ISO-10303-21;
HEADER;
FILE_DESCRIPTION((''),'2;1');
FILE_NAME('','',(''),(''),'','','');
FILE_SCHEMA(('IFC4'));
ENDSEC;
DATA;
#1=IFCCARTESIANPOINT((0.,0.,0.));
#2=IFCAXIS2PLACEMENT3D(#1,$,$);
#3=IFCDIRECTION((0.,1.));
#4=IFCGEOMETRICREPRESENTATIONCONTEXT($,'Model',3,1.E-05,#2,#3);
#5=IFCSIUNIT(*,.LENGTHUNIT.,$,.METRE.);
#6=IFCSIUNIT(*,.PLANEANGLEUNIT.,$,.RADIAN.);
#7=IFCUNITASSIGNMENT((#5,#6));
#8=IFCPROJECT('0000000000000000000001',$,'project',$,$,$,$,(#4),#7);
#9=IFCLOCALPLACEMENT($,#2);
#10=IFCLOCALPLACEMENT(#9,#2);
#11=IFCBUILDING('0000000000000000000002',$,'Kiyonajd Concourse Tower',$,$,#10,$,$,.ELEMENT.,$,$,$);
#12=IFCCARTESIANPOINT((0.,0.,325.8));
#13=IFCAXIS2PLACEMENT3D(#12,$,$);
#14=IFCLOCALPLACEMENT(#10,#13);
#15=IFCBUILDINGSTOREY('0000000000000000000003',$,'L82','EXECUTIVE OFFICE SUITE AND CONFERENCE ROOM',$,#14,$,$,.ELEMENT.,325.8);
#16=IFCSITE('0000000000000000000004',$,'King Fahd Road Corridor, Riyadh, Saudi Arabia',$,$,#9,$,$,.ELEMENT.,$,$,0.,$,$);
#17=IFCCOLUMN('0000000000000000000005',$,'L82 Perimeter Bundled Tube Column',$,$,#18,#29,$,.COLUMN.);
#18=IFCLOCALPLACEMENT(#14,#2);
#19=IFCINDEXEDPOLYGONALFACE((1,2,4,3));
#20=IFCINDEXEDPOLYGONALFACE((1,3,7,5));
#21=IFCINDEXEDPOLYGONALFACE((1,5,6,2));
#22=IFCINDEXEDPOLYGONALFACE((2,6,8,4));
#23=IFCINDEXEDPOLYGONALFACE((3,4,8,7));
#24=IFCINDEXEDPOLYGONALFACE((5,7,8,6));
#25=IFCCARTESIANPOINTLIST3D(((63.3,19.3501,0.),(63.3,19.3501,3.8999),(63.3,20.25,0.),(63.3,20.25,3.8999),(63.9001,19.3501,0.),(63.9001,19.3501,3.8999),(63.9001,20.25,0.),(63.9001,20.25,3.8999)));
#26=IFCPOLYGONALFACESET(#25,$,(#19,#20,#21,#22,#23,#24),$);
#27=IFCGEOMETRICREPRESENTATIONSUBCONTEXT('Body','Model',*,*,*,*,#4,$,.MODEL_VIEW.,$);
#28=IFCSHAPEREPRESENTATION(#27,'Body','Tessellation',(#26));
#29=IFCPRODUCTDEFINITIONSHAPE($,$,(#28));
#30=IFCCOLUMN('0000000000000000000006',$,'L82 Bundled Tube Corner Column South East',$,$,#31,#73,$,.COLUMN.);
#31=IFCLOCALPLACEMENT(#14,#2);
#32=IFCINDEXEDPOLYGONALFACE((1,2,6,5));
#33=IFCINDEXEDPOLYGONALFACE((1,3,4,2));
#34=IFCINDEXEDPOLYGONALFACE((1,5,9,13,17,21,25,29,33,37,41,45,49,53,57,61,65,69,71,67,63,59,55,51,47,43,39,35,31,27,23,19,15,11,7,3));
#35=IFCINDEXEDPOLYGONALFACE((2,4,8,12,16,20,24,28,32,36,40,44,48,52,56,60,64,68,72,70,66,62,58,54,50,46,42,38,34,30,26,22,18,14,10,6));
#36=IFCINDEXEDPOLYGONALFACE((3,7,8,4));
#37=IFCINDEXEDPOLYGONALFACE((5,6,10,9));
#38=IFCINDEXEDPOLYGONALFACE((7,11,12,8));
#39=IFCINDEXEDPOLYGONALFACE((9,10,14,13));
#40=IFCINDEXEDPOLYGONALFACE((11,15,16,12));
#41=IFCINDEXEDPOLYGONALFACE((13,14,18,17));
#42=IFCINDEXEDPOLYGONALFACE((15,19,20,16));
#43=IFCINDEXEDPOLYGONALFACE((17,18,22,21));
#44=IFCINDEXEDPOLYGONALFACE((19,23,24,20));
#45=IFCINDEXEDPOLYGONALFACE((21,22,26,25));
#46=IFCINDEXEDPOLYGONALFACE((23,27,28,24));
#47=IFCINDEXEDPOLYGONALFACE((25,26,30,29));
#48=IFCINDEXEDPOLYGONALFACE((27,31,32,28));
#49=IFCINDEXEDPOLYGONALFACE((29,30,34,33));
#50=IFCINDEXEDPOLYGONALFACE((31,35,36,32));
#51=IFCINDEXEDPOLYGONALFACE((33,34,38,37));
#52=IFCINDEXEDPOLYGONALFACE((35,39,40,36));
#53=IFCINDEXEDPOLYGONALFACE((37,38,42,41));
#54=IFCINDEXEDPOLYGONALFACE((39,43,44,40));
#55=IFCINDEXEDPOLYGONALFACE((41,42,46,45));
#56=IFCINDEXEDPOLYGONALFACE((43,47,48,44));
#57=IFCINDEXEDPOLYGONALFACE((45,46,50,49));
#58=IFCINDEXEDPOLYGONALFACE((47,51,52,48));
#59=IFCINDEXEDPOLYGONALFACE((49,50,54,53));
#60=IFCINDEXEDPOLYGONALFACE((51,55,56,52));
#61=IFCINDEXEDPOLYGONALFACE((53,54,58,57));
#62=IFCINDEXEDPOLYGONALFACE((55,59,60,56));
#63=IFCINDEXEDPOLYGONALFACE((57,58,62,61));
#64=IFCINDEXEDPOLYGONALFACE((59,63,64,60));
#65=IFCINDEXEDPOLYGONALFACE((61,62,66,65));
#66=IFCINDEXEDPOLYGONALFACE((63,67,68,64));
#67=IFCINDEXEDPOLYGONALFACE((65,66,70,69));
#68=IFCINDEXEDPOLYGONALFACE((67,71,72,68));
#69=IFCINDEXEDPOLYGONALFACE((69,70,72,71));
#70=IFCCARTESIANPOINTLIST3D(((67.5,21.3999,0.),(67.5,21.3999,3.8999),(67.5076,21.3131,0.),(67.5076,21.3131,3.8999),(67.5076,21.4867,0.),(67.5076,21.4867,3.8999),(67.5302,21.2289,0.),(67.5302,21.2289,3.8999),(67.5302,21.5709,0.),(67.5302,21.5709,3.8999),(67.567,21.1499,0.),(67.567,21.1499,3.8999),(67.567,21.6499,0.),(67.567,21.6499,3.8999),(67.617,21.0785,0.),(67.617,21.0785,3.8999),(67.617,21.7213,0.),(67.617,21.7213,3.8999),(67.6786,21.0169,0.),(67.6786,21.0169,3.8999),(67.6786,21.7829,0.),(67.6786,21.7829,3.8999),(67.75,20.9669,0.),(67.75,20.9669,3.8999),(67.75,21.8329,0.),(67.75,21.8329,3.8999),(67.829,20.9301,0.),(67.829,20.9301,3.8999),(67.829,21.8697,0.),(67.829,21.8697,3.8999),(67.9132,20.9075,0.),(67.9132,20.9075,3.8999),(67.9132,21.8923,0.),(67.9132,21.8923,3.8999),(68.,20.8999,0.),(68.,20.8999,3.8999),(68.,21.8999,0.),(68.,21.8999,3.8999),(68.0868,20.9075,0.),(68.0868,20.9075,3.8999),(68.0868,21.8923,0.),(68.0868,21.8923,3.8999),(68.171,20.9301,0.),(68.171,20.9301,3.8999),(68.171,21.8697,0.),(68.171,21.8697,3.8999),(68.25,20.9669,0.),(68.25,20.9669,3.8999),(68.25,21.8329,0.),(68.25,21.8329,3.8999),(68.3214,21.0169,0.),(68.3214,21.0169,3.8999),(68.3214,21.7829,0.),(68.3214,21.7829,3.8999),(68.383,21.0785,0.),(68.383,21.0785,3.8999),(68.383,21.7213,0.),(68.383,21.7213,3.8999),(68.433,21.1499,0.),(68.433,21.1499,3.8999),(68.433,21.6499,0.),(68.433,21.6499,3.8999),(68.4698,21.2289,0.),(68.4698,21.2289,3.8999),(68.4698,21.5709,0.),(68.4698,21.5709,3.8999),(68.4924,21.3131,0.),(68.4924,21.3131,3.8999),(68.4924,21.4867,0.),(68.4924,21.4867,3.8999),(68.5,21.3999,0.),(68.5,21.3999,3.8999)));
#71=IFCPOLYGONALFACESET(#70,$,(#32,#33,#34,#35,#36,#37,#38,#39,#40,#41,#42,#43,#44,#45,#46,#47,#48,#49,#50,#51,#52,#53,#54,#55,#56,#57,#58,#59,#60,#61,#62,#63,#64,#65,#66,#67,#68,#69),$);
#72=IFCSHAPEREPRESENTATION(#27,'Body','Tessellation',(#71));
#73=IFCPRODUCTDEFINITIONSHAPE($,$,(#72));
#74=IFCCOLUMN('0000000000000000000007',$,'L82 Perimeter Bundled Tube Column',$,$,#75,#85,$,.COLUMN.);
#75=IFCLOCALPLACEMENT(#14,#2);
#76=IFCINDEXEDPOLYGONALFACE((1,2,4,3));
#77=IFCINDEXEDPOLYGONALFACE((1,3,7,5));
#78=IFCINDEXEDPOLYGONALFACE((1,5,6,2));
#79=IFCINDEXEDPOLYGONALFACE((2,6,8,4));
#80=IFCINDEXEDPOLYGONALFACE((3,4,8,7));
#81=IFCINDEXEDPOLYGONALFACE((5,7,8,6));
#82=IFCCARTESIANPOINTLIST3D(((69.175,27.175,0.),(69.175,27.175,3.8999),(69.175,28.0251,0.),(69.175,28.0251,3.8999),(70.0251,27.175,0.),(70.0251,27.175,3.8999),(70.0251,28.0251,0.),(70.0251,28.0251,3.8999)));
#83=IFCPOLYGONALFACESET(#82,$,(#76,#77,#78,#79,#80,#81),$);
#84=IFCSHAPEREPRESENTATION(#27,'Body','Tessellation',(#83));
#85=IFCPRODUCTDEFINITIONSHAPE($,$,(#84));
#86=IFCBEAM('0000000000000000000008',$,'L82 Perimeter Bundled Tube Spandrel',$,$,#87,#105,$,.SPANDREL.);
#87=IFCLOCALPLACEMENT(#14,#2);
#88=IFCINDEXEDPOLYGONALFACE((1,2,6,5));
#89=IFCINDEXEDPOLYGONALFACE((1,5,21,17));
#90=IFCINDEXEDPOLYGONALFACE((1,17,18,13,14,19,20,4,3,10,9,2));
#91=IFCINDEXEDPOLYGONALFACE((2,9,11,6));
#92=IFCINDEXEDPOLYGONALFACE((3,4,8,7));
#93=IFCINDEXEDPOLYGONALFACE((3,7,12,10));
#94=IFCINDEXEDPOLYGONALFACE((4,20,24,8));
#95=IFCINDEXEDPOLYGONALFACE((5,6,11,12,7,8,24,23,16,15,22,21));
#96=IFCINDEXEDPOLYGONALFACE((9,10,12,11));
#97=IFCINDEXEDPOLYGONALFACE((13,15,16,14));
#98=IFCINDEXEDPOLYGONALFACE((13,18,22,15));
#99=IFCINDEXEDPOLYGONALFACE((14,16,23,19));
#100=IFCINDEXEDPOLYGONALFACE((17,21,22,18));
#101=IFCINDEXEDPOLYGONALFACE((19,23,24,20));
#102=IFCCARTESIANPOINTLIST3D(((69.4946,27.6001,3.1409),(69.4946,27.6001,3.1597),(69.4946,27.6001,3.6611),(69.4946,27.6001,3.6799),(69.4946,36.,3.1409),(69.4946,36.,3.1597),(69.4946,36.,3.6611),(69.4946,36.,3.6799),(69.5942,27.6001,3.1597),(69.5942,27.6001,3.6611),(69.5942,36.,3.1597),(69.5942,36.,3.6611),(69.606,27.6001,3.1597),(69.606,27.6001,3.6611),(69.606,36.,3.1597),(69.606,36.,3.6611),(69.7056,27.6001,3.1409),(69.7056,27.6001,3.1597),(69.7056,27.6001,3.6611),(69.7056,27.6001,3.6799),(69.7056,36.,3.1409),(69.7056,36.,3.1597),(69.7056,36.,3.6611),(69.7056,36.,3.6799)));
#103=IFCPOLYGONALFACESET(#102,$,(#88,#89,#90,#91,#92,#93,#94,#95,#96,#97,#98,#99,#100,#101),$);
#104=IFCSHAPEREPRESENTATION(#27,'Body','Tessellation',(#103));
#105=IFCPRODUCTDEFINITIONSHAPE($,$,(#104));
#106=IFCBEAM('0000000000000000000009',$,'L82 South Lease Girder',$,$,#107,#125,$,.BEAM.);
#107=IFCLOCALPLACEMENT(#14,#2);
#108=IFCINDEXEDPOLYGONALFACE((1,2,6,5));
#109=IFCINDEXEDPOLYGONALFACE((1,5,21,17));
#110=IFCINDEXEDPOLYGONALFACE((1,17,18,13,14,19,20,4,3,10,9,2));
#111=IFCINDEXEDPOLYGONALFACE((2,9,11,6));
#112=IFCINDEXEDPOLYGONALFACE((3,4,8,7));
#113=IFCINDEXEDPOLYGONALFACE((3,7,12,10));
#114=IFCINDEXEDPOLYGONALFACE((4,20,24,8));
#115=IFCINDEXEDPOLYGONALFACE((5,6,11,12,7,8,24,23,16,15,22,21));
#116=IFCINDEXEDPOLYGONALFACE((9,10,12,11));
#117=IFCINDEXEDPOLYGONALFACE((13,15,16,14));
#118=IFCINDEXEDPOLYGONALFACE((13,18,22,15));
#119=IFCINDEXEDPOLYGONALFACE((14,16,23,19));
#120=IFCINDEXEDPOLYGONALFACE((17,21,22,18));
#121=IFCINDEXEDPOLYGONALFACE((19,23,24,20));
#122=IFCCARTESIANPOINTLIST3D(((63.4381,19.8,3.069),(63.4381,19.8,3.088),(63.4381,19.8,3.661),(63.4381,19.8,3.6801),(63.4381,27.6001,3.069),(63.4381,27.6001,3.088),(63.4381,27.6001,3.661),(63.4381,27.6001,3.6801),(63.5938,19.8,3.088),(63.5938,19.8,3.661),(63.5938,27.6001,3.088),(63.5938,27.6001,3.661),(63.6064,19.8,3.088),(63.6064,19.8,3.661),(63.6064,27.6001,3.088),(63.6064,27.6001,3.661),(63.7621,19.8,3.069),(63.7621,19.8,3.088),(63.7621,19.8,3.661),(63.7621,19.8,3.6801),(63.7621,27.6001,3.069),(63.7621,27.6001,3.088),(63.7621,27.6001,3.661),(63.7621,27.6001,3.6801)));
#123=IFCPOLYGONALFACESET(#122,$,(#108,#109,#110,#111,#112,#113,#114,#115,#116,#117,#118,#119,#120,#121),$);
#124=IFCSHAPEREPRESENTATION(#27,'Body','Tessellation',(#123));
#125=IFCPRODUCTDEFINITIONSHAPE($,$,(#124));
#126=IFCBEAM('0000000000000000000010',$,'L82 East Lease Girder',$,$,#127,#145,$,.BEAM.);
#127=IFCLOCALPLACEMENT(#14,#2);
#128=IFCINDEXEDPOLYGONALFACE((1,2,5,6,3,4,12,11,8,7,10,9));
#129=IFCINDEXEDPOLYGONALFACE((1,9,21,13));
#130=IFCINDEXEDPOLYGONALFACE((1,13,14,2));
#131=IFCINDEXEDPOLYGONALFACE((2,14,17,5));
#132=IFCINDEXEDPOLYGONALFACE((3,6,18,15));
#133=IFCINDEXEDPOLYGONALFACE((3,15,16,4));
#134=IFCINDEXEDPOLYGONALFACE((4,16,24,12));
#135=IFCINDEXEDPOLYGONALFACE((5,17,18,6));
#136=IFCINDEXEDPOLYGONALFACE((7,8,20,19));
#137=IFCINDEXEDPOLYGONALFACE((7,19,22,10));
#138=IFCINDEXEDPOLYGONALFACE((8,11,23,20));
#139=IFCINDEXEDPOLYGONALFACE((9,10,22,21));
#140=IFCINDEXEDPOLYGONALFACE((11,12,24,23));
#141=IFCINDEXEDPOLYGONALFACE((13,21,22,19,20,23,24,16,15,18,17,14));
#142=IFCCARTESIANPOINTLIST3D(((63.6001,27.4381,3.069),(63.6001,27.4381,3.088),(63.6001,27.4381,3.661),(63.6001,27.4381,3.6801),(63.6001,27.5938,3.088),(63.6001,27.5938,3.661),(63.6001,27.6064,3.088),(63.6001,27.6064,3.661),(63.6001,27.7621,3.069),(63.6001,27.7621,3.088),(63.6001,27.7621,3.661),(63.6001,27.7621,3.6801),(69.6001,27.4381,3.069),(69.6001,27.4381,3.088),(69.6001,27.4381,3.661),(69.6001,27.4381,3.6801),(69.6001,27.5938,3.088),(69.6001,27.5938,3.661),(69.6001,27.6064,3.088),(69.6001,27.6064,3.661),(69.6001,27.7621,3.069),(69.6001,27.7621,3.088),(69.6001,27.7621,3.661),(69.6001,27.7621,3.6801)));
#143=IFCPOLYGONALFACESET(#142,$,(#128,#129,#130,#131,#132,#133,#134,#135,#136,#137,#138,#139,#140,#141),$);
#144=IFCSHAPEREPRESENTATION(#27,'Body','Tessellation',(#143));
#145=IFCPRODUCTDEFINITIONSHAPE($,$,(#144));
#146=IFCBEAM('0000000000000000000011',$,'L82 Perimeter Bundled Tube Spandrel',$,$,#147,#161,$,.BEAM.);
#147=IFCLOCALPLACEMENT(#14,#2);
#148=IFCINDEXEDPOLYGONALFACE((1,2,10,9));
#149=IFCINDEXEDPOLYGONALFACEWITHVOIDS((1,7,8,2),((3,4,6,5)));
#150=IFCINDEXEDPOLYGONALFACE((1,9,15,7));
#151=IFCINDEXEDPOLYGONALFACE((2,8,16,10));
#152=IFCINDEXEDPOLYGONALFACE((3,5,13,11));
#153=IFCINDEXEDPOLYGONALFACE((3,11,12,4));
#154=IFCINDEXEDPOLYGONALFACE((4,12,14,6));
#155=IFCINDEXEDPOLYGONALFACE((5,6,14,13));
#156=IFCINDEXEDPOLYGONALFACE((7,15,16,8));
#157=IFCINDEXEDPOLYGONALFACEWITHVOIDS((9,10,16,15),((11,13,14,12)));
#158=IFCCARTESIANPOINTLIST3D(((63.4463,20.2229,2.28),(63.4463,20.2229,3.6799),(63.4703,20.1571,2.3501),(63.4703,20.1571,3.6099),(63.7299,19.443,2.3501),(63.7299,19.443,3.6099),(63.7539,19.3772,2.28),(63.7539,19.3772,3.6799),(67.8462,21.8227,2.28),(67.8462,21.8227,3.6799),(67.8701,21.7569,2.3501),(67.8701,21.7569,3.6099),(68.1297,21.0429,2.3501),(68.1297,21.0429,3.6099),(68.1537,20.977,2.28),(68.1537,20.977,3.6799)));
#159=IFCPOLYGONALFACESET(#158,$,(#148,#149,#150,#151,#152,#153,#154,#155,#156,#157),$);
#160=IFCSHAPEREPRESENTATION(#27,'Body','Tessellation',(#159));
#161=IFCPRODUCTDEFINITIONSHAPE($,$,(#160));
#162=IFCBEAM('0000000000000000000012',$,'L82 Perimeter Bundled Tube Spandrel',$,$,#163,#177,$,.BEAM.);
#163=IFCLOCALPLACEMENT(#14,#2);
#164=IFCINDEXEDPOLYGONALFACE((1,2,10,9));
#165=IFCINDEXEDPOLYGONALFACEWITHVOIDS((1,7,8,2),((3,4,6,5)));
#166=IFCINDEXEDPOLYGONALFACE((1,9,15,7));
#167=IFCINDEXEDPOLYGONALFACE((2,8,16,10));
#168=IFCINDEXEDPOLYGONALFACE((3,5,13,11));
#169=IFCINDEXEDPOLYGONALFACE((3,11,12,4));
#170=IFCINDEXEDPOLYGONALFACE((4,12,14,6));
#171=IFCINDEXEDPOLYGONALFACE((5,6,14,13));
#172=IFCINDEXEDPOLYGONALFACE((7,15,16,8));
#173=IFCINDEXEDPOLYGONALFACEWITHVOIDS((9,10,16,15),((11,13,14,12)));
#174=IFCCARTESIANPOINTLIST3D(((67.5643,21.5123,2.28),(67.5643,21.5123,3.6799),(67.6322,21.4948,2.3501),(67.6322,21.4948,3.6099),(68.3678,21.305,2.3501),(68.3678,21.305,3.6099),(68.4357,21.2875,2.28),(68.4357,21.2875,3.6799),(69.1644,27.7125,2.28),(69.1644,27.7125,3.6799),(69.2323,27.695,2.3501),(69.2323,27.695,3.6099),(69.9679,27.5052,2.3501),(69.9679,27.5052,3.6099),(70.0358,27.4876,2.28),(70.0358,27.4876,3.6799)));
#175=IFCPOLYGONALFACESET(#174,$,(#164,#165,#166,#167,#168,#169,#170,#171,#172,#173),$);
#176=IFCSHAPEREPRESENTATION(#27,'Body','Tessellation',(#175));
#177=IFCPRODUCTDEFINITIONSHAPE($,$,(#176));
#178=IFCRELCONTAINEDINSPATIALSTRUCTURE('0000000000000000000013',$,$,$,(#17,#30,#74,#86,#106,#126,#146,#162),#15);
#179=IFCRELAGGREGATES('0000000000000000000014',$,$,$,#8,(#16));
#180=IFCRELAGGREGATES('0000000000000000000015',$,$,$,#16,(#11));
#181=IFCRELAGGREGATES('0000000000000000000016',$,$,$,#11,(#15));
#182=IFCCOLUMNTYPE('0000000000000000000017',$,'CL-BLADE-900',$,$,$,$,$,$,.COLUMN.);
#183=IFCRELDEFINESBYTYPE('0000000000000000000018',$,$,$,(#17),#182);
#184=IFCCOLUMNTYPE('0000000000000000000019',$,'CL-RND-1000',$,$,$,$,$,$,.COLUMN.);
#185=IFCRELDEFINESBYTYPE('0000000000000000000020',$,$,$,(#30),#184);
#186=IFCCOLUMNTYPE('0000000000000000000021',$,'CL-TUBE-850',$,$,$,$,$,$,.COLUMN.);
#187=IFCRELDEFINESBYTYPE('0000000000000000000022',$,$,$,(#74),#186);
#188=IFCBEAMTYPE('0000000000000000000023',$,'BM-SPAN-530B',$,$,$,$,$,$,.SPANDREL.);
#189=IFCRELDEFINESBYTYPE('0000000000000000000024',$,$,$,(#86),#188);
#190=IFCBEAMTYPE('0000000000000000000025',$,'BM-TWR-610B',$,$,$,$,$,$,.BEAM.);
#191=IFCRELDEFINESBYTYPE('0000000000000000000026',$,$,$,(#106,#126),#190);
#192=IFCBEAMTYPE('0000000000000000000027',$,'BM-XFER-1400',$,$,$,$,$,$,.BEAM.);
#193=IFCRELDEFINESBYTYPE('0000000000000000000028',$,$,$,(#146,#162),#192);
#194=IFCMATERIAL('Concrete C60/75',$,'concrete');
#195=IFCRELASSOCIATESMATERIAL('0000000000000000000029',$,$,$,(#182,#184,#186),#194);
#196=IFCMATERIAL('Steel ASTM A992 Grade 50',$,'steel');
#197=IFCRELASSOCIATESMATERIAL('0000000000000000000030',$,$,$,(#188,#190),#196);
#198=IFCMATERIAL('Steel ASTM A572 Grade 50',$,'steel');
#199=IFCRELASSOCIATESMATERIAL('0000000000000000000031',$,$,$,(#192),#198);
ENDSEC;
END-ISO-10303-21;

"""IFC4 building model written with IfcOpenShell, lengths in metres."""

from ifc_helpers import new_model, si_unit, direction, frame, origin, origin_2d, place, context, subcontext, project, spatial, rectangle, hollow_rectangle, circle, i_section, extrude, material, material_profile, profile_set, type_object, element, save


model = new_model("IFC4")

# Units and contexts
model_context = context("Model", 3, precision=1e-05, world=origin(), true_north=direction((0.0, 1.0)))
body_context = subcontext(model_context, "Body", "Model", "MODEL_VIEW")
ifc_project = project(units=[si_unit("LENGTHUNIT", "METRE"), si_unit("PLANEANGLEUNIT", "RADIAN")], contexts=[model_context])

# Site, building, storey
site_placement = place(None, origin())
site = spatial("IfcSite", under=ifc_project, at=site_placement, Name="King Fahd Road Corridor, Riyadh, Saudi Arabia", CompositionType="ELEMENT", RefElevation=0.0)
building_placement = place(site_placement, origin())
building = spatial("IfcBuilding", under=site, at=building_placement, Name="Kiyonajd Concourse Tower", CompositionType="ELEMENT")
storey_placement = place(building_placement, frame((0.0, 0.0, 325.8)))
storey = spatial("IfcBuildingStorey", under=building, at=storey_placement, Name="L82", Description="EXECUTIVE OFFICE SUITE AND CONFERENCE ROOM", CompositionType="ELEMENT", Elevation=325.8)

# Columns
ifc_material_1 = material(Name="Concrete C60/75", Category="concrete")
ifc_material_profile_1 = material_profile(ifc_material_1, rectangle(XDim=0.6001, YDim=0.8999, at=origin_2d()), Name="RC-900x600")
ifc_profile_set_1 = profile_set([ifc_material_profile_1], Name="Concrete C60/75")
column_type_1 = type_object("IfcColumnType", Name="CL-BLADE-900", PredefinedType="COLUMN", material=ifc_profile_set_1)
column_1_placement = place(storey_placement, frame((63.6001, 19.8, 0.0), z_axis=(0.0, 0.0, 1.0), x_axis=(1.0, 0.0, 0.0)))
element("IfcColumn", 1, at=column_1_placement, inside=storey, type_object=column_type_1, Name="L82 Perimeter Bundled Tube Column", PredefinedType="COLUMN", context=body_context, shape_type="SweptSolid", body=[
    extrude(rectangle(XDim=0.6001, YDim=0.8999, at=origin_2d()), origin(), (0.0, 0.0, 1.0), 3.8999),
])
ifc_material_profile_2 = material_profile(ifc_material_1, circle(Radius=0.5, at=origin_2d()), Name="RCC-D1000")
ifc_profile_set_2 = profile_set([ifc_material_profile_2], Name="Concrete C60/75")
column_type_2 = type_object("IfcColumnType", Name="CL-RND-1000", PredefinedType="COLUMN", material=ifc_profile_set_2)
column_2_placement = place(storey_placement, frame((68.0, 21.3999, 0.0), z_axis=(0.0, 0.0, 1.0), x_axis=(1.0, 0.0, 0.0)))
element("IfcColumn", 2, at=column_2_placement, inside=storey, type_object=column_type_2, Name="L82 Bundled Tube Corner Column South East", PredefinedType="COLUMN", context=body_context, shape_type="SweptSolid", body=[
    extrude(circle(Radius=0.5, at=origin_2d()), origin(), (0.0, 0.0, 1.0), 3.8999),
])
ifc_material_profile_3 = material_profile(ifc_material_1, rectangle(XDim=0.8501, YDim=0.8501, at=origin_2d()), Name="RC-850x850")
ifc_profile_set_3 = profile_set([ifc_material_profile_3], Name="Concrete C60/75")
column_type_3 = type_object("IfcColumnType", Name="CL-TUBE-850", PredefinedType="COLUMN", material=ifc_profile_set_3)
column_3_placement = place(storey_placement, frame((69.6001, 27.6001, 0.0), z_axis=(0.0, 0.0, 1.0), x_axis=(1.0, 0.0, 0.0)))
element("IfcColumn", 3, at=column_3_placement, inside=storey, type_object=column_type_3, Name="L82 Perimeter Bundled Tube Column", PredefinedType="COLUMN", context=body_context, shape_type="SweptSolid", body=[
    extrude(rectangle(XDim=0.8501, YDim=0.8501, at=origin_2d()), origin(), (0.0, 0.0, 1.0), 3.8999),
])

# Beams
ifc_material_2 = material(Name="Steel ASTM A992 Grade 50", Category="steel")
ifc_material_profile_4 = material_profile(ifc_material_2, i_section(OverallWidth=0.2109, OverallDepth=0.5391, WebThickness=0.0117, FlangeThickness=0.0188, at=origin_2d()), Name="W530X109")
ifc_profile_set_4 = profile_set([ifc_material_profile_4], Name="Steel ASTM A992 Grade 50")
beam_type_1 = type_object("IfcBeamType", Name="BM-SPAN-530B", PredefinedType="SPANDREL", material=ifc_profile_set_4)
beam_1_placement = place(storey_placement, frame((69.6001, 27.6001, 3.4104), z_axis=(0.0, 1.0, 0.0), x_axis=(-1.0, 0.0, 0.0)))
element("IfcBeam", 4, at=beam_1_placement, inside=storey, type_object=beam_type_1, Name="L82 Perimeter Bundled Tube Spandrel", PredefinedType="SPANDREL", context=body_context, shape_type="SweptSolid", body=[
    extrude(i_section(OverallWidth=0.2109, OverallDepth=0.5391, WebThickness=0.0117, FlangeThickness=0.0188, at=origin_2d()), origin(), (0.0, 0.0, 1.0), 8.3999),
])
ifc_material_profile_5 = material_profile(ifc_material_2, i_section(OverallWidth=0.324, OverallDepth=0.6111, WebThickness=0.0127, FlangeThickness=0.019, at=origin_2d()), Name="W610X155")
ifc_profile_set_5 = profile_set([ifc_material_profile_5], Name="Steel ASTM A992 Grade 50")
beam_type_2 = type_object("IfcBeamType", Name="BM-TWR-610B", PredefinedType="BEAM", material=ifc_profile_set_5)
beam_2_placement = place(storey_placement, frame((63.6001, 19.8, 3.3745), z_axis=(0.0, 1.0, 0.0), x_axis=(-1.0, 0.0, 0.0)))
element("IfcBeam", 5, at=beam_2_placement, inside=storey, type_object=beam_type_2, Name="L82 South Lease Girder", PredefinedType="BEAM", context=body_context, shape_type="SweptSolid", body=[
    extrude(i_section(OverallWidth=0.324, OverallDepth=0.6111, WebThickness=0.0127, FlangeThickness=0.019, at=origin_2d()), origin(), (0.0, 0.0, 1.0), 7.8),
])
beam_3_placement = place(storey_placement, frame((63.6001, 27.6001, 3.3745), z_axis=(1.0, 0.0, 0.0), x_axis=(0.0, 1.0, 0.0)))
element("IfcBeam", 6, at=beam_3_placement, inside=storey, type_object=beam_type_2, Name="L82 East Lease Girder", PredefinedType="BEAM", context=body_context, shape_type="SweptSolid", body=[
    extrude(i_section(OverallWidth=0.324, OverallDepth=0.6111, WebThickness=0.0127, FlangeThickness=0.019, at=origin_2d()), origin(), (0.0, 0.0, 1.0), 6.0),
])
ifc_material_3 = material(Name="Steel ASTM A572 Grade 50", Category="steel")
ifc_material_profile_6 = material_profile(ifc_material_3, hollow_rectangle(XDim=0.8999, YDim=1.3999, WallThickness=0.0701, at=origin_2d()), Name="BOX-1400x900x70")
ifc_profile_set_6 = profile_set([ifc_material_profile_6], Name="Steel ASTM A572 Grade 50")
beam_type_3 = type_object("IfcBeamType", Name="BM-XFER-1400", PredefinedType="BEAM", material=ifc_profile_set_6)
beam_4_placement = place(storey_placement, frame((63.6001, 19.8, 2.98), z_axis=(0.939801, 0.341722, 0.0), x_axis=(-0.341722, 0.939801, 0.0)))
element("IfcBeam", 7, at=beam_4_placement, inside=storey, type_object=beam_type_3, Name="L82 Perimeter Bundled Tube Spandrel", PredefinedType="BEAM", context=body_context, shape_type="SweptSolid", body=[
    extrude(hollow_rectangle(XDim=0.8999, YDim=1.3999, WallThickness=0.0701, at=origin_2d()), origin(), (0.0, 0.0, 1.0), 4.6816),
])
beam_5_placement = place(storey_placement, frame((68.0, 21.3999, 2.98), z_axis=(0.249885, 0.968276, 0.0), x_axis=(-0.968276, 0.249885, 0.0)))
element("IfcBeam", 8, at=beam_5_placement, inside=storey, type_object=beam_type_3, Name="L82 Perimeter Bundled Tube Spandrel", PredefinedType="BEAM", context=body_context, shape_type="SweptSolid", body=[
    extrude(hollow_rectangle(XDim=0.8999, YDim=1.3999, WallThickness=0.0701, at=origin_2d()), origin(), (0.0, 0.0, 1.0), 6.4033),
])

save(model, "model.ifc")
